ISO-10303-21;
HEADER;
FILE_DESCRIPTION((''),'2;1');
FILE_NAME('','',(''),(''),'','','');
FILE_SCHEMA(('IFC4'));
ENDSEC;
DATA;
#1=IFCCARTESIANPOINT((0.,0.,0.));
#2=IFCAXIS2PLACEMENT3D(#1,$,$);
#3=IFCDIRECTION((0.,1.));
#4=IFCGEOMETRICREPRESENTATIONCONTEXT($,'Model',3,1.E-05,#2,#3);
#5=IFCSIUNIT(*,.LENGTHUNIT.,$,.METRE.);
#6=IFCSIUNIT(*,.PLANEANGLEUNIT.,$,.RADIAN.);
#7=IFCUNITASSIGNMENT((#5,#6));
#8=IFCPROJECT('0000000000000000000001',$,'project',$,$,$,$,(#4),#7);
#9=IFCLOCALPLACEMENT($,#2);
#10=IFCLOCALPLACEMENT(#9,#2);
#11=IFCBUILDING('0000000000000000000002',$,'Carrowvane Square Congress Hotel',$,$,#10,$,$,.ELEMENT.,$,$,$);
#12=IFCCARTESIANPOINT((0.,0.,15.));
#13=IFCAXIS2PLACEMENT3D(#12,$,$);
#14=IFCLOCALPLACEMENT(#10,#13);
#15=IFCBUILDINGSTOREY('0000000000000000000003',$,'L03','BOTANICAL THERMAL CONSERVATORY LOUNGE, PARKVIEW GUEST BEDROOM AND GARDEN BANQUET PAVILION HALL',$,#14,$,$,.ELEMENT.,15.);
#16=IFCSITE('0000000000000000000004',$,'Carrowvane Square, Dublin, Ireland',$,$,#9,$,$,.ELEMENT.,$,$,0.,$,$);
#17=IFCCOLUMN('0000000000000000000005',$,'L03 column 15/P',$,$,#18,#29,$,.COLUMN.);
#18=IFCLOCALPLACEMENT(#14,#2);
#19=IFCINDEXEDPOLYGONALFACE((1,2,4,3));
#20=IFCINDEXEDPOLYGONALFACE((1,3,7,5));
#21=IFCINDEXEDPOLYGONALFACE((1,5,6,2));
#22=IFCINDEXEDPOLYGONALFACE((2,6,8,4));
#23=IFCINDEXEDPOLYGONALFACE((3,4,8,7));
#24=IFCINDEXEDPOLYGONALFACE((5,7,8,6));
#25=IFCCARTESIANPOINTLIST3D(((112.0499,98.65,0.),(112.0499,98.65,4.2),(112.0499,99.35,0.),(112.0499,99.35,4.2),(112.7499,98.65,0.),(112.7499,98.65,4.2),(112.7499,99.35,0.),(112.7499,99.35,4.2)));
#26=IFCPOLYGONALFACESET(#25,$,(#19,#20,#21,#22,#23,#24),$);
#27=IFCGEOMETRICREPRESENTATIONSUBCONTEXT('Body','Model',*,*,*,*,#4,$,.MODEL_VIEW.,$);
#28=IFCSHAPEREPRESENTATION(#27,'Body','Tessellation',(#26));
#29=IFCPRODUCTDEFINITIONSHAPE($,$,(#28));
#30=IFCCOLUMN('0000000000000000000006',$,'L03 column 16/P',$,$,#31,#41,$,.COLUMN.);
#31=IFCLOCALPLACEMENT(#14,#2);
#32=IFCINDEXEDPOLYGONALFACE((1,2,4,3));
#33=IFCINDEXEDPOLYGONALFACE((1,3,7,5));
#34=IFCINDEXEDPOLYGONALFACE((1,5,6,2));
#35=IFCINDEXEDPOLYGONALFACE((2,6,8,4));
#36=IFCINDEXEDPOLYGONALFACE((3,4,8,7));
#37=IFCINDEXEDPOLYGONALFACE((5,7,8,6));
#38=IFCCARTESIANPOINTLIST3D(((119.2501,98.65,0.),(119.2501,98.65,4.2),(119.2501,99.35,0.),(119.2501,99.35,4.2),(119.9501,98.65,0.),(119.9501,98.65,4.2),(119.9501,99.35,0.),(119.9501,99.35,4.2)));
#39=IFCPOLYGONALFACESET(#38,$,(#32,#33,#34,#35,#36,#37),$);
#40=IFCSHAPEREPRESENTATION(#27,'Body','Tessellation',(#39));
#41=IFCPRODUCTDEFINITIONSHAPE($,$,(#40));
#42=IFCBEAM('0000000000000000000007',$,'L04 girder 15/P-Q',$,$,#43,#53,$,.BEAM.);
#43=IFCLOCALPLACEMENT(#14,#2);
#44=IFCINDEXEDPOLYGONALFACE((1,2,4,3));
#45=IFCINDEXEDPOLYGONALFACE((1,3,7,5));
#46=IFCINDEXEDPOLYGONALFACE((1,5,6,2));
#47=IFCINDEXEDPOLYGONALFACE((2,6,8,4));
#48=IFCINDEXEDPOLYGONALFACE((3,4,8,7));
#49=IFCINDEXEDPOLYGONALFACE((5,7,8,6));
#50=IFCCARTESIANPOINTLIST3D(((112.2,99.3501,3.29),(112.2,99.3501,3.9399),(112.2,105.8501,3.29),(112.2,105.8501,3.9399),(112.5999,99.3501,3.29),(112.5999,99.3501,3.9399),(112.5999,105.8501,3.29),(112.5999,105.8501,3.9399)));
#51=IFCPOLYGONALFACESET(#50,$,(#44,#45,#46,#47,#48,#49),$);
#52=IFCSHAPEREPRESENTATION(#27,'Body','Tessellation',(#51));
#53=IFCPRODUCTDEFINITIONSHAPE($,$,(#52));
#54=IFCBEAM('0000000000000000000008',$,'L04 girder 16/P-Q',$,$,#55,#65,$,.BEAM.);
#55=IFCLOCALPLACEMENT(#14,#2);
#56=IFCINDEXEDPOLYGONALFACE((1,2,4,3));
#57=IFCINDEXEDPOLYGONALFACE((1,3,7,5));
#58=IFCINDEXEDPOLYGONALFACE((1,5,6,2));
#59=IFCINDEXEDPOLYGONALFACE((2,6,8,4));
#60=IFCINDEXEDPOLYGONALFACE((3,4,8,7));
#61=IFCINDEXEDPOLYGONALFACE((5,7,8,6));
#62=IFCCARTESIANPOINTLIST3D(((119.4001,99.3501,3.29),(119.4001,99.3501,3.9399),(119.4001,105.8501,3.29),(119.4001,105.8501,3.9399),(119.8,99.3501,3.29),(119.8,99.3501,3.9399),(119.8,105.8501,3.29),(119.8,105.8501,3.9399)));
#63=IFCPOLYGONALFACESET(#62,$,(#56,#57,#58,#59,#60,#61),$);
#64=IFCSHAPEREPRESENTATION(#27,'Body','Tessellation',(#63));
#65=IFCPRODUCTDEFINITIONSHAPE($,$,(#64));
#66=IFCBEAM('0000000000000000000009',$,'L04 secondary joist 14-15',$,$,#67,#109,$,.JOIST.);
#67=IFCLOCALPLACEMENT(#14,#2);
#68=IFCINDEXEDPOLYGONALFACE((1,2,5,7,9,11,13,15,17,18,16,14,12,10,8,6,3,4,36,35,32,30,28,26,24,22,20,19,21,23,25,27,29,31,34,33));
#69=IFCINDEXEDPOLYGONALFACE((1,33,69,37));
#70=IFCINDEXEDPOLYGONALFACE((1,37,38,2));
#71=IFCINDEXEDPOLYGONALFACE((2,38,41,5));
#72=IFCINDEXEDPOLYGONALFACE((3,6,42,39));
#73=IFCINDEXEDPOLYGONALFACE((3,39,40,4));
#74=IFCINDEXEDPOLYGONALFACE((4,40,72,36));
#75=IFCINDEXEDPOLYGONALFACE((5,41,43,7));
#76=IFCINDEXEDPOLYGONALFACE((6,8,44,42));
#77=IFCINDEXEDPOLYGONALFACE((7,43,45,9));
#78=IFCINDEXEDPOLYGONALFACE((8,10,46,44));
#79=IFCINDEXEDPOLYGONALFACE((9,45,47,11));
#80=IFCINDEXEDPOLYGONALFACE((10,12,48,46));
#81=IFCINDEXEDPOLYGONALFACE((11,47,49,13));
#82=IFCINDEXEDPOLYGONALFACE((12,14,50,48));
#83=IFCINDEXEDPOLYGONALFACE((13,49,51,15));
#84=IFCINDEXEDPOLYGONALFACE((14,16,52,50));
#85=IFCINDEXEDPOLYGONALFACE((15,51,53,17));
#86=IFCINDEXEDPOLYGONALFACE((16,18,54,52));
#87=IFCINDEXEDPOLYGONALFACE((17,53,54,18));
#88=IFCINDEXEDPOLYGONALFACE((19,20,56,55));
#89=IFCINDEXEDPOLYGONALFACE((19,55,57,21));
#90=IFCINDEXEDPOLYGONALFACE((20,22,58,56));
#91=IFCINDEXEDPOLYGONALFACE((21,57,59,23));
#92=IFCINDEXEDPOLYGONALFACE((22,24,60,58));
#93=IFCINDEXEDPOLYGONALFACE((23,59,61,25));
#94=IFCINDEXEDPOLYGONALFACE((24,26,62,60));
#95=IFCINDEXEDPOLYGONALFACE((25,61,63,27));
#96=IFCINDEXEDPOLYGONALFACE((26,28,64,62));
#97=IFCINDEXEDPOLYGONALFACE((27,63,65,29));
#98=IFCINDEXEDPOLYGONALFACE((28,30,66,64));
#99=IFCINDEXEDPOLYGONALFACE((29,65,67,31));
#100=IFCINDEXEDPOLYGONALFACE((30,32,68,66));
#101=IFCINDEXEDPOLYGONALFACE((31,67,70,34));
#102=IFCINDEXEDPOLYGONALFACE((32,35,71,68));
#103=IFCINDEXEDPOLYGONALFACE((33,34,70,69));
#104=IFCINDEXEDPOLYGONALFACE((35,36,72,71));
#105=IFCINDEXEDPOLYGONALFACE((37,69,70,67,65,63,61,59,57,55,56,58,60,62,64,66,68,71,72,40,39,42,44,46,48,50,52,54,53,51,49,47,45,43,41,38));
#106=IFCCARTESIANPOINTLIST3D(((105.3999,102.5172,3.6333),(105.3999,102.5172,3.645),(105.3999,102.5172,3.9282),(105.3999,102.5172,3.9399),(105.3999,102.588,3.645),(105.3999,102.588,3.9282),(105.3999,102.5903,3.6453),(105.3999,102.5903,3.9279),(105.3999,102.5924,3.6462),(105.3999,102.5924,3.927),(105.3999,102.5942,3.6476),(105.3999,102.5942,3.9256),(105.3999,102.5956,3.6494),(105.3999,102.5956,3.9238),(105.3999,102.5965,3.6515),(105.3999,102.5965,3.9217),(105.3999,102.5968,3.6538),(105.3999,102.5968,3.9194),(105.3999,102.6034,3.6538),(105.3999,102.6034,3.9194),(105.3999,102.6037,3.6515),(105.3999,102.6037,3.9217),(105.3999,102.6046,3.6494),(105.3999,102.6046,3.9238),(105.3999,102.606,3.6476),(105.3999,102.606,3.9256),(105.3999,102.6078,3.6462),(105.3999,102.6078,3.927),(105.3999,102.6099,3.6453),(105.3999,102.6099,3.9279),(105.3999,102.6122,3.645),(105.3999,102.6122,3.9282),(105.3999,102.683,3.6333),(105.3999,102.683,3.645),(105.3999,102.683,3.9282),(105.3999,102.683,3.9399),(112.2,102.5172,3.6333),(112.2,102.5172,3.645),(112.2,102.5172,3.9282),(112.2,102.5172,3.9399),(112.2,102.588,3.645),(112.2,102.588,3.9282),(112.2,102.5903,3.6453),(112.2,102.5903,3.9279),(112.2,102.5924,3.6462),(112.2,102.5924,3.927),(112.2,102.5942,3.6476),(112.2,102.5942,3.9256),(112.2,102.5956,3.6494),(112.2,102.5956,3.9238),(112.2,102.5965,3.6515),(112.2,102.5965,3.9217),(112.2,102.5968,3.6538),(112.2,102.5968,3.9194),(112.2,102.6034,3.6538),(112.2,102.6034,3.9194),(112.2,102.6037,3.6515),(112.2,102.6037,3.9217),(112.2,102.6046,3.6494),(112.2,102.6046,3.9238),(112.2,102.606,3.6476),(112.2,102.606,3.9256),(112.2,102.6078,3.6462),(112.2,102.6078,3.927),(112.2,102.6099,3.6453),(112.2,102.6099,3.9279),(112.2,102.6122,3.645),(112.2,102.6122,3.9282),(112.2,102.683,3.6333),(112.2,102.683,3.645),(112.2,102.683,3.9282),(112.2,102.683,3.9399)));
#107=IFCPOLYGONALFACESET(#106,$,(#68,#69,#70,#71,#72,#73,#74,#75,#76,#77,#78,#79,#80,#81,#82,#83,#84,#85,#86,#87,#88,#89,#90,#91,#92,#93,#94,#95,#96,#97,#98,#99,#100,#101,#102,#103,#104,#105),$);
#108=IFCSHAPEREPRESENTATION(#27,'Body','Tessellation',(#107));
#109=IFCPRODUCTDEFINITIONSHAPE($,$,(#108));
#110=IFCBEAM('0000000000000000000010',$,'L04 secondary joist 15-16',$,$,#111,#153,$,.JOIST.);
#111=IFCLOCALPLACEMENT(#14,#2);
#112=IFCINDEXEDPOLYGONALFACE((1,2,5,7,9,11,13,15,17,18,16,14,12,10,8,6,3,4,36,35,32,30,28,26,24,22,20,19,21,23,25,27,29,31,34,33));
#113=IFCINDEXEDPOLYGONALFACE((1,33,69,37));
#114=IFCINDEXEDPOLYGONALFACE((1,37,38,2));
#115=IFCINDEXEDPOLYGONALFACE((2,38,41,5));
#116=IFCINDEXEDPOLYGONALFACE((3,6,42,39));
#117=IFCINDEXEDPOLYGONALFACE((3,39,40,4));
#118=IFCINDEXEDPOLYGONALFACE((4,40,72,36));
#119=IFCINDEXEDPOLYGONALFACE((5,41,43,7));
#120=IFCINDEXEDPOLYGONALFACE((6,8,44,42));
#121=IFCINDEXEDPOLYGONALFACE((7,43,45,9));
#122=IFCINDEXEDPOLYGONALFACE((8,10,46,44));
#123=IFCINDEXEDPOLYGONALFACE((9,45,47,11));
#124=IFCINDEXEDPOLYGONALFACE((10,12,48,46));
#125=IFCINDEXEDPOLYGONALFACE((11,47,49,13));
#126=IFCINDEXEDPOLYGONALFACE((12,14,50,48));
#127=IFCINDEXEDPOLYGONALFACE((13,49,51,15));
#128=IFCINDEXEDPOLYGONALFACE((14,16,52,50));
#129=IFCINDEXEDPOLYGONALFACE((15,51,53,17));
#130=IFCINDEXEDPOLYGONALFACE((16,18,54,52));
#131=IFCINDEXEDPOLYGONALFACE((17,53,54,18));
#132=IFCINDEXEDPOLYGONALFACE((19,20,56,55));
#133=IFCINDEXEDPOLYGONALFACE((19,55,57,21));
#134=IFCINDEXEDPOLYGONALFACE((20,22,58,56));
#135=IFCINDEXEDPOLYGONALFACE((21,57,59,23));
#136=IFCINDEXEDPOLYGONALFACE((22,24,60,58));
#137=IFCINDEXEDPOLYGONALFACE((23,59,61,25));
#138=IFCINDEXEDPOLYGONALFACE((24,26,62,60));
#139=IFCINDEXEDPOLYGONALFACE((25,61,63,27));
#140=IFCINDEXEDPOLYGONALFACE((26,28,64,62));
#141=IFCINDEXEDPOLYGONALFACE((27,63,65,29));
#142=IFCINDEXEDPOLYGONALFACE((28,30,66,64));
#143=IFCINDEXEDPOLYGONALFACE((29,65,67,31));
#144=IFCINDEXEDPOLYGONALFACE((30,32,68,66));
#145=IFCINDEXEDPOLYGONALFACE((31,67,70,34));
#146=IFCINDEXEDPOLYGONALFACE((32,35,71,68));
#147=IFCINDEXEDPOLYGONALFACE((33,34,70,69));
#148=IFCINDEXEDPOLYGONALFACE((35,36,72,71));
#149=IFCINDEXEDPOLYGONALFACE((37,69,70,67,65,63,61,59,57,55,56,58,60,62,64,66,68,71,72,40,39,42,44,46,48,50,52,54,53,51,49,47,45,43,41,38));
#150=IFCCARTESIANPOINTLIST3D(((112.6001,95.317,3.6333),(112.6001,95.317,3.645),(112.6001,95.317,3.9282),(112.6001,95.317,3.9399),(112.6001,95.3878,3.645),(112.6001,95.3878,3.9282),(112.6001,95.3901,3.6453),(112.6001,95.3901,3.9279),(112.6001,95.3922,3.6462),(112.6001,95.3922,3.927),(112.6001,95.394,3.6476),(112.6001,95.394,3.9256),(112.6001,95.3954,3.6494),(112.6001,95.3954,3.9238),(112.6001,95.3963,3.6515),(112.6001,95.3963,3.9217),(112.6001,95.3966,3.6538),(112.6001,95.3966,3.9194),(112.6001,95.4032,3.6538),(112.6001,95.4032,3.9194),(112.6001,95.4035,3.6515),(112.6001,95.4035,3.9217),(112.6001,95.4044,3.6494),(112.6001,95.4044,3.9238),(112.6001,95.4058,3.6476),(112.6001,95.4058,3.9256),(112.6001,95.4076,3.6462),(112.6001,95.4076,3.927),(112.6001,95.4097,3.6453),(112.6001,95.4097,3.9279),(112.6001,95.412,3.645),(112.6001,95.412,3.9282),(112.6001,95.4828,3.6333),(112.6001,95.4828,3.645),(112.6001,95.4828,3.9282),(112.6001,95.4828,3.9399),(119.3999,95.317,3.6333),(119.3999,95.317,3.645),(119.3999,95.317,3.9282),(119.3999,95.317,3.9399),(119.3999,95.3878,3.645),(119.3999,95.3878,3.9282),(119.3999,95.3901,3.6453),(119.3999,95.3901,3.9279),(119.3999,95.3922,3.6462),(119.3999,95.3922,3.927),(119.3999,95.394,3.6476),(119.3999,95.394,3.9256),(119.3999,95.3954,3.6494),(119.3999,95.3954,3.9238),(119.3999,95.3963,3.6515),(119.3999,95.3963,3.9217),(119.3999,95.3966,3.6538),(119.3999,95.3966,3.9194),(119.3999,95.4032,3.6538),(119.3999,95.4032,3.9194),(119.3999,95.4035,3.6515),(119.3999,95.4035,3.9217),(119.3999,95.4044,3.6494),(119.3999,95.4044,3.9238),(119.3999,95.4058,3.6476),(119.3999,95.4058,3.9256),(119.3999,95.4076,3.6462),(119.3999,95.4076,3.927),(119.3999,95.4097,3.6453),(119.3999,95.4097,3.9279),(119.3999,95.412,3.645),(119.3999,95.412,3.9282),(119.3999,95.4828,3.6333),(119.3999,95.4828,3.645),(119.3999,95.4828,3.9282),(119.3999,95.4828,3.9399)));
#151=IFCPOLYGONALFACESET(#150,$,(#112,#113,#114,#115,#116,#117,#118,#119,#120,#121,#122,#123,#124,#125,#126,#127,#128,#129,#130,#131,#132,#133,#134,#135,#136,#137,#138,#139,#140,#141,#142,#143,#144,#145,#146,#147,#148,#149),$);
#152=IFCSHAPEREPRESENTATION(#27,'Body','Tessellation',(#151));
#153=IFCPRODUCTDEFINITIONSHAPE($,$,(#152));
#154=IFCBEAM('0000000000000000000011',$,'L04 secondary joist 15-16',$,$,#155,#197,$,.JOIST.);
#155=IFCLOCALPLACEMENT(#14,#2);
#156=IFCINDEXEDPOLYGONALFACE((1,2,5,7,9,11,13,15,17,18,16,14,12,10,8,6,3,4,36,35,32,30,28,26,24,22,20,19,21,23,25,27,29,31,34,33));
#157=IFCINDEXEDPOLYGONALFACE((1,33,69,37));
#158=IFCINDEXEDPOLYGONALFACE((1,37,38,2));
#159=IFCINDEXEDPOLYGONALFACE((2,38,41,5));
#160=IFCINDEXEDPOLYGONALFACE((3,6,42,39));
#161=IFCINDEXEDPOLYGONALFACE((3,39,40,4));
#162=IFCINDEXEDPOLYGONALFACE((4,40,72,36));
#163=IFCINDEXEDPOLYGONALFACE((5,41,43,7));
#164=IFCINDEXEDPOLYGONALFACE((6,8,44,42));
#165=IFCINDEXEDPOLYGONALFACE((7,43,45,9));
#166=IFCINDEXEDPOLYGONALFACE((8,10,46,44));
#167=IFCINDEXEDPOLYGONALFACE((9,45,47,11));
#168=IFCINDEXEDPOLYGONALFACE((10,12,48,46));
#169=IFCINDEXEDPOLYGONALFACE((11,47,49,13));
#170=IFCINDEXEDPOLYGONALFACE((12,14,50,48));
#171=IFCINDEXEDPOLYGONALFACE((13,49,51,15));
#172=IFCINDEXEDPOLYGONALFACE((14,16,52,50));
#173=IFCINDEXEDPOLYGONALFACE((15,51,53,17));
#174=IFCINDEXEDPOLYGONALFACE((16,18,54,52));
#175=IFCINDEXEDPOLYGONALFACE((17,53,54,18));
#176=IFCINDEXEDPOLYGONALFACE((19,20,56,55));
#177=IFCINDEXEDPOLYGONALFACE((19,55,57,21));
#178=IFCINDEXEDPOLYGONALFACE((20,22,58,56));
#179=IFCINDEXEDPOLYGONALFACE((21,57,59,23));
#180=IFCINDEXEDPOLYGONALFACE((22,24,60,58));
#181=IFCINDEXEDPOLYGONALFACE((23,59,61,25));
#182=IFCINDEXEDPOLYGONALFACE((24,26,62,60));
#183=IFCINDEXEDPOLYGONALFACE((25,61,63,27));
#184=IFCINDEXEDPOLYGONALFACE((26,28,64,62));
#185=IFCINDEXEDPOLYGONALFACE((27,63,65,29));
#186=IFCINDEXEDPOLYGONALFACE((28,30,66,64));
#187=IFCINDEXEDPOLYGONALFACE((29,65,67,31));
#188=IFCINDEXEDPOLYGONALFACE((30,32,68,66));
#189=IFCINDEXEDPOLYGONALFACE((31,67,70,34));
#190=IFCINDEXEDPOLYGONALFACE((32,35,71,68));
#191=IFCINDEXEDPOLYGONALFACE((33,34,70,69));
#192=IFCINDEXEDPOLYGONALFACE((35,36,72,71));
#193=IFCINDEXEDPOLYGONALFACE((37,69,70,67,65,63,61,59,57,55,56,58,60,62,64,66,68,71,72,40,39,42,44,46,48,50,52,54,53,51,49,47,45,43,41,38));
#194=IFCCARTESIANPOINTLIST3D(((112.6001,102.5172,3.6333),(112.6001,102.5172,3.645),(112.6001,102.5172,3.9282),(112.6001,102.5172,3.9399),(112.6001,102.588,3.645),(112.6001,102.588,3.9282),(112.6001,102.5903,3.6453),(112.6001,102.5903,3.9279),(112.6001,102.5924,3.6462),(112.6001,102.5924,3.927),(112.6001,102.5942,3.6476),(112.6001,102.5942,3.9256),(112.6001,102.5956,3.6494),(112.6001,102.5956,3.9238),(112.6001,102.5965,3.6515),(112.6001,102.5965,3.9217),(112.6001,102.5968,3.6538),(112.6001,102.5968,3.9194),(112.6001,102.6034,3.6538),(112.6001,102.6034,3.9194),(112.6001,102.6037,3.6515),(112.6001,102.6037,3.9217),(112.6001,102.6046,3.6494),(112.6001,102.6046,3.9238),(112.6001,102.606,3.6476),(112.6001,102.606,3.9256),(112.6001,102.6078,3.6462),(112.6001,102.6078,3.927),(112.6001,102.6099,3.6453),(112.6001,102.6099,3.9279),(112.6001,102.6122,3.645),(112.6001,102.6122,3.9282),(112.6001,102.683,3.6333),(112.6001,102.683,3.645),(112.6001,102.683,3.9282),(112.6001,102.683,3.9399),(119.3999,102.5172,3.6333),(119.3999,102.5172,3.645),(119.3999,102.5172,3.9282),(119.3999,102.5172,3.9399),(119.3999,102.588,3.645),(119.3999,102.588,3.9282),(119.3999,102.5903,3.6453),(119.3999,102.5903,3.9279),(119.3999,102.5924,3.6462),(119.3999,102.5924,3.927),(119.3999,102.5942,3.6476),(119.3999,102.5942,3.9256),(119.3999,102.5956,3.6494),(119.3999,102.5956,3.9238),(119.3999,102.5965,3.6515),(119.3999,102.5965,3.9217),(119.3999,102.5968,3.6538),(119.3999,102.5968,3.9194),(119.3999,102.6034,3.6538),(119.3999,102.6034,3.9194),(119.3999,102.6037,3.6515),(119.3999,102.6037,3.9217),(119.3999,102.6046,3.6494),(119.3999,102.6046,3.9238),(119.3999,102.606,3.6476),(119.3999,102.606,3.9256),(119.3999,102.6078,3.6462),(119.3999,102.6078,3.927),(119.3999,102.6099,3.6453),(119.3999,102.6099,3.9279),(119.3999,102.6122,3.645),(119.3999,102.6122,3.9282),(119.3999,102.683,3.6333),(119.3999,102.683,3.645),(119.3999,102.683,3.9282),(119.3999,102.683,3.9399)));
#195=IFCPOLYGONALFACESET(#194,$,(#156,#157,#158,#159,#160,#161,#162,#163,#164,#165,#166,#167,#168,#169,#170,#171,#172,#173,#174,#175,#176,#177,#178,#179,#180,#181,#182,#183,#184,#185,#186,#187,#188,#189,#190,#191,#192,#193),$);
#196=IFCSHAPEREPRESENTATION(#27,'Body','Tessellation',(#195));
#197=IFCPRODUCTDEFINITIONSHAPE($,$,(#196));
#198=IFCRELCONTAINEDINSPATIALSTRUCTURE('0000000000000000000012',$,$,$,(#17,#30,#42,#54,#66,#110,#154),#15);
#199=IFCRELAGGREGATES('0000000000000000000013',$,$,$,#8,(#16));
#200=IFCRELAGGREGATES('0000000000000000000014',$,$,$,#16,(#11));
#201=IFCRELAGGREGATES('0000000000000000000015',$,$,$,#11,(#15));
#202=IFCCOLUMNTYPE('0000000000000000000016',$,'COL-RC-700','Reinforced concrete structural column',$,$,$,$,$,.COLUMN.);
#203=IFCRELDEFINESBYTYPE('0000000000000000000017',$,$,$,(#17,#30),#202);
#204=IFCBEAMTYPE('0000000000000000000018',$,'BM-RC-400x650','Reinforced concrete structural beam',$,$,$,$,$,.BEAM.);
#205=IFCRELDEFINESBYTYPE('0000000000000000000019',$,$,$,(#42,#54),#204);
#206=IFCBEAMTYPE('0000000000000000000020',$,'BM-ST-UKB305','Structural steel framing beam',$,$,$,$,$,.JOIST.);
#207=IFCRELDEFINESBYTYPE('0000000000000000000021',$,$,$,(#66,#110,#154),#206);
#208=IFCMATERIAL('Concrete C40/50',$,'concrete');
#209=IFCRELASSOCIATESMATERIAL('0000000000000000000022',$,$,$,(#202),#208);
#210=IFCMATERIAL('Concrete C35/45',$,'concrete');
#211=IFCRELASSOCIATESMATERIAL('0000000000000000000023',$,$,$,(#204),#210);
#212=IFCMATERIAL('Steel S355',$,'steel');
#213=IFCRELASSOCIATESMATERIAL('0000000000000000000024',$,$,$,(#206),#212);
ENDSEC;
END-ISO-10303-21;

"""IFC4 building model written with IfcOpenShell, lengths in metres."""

from ifc_helpers import new_model, si_unit, direction, frame, origin, origin_2d, place, context, subcontext, project, spatial, rectangle, i_section, extrude, material, material_profile, profile_set, type_object, element, save


model = new_model("IFC4")

# Units and contexts
model_context = context("Model", 3, precision=1e-05, world=origin(), true_north=direction((0.0, 1.0)))
body_context = subcontext(model_context, "Body", "Model", "MODEL_VIEW")
ifc_project = project(units=[si_unit("LENGTHUNIT", "METRE"), si_unit("PLANEANGLEUNIT", "RADIAN")], contexts=[model_context])

# Site, building, storey
site_placement = place(None, origin())
site = spatial("IfcSite", under=ifc_project, at=site_placement, Name="Carrowvane Square, Dublin, Ireland", CompositionType="ELEMENT", RefElevation=0.0)
building_placement = place(site_placement, origin())
building = spatial("IfcBuilding", under=site, at=building_placement, Name="Carrowvane Square Congress Hotel", CompositionType="ELEMENT")
storey_placement = place(building_placement, frame((0.0, 0.0, 15.0)))
storey = spatial("IfcBuildingStorey", under=building, at=storey_placement, Name="L03", Description="BOTANICAL THERMAL CONSERVATORY LOUNGE, PARKVIEW GUEST BEDROOM AND GARDEN BANQUET PAVILION HALL", CompositionType="ELEMENT", Elevation=15.0)

# Columns
ifc_material_1 = material(Name="Concrete C40/50", Category="concrete")
ifc_material_profile_1 = material_profile(ifc_material_1, rectangle(XDim=0.7, YDim=0.7, at=origin_2d()), Name="RC 700x700")
ifc_profile_set_1 = profile_set([ifc_material_profile_1], Name="Concrete C40/50")
column_type = type_object("IfcColumnType", Name="COL-RC-700", Description="Reinforced concrete structural column", PredefinedType="COLUMN", material=ifc_profile_set_1)
for number, where, z_axis, x_axis, name in (
    (1, (112.3999, 99.0, 0.0), (0.0, 0.0, 1.0), (1.0, 0.0, 0.0), "L03 column 15/P"),
    (2, (119.6001, 99.0, 0.0), (0.0, 0.0, 1.0), (1.0, 0.0, 0.0), "L03 column 16/P"),
):
    element("IfcColumn", number, at=place(storey_placement, frame(where, z_axis=z_axis, x_axis=x_axis)), inside=storey, type_object=column_type, Name=name, PredefinedType="COLUMN", context=body_context, shape_type="SweptSolid", body=[
        extrude(rectangle(XDim=0.7, YDim=0.7, at=origin_2d()), origin(), (0.0, 0.0, 1.0), 4.2),
    ])

# Beams
ifc_material_2 = material(Name="Concrete C35/45", Category="concrete")
ifc_material_profile_2 = material_profile(ifc_material_2, rectangle(XDim=0.3999, YDim=0.6499, at=origin_2d()), Name="RC 400x650")
ifc_profile_set_2 = profile_set([ifc_material_profile_2], Name="Concrete C35/45")
beam_type_1 = type_object("IfcBeamType", Name="BM-RC-400x650", Description="Reinforced concrete structural beam", PredefinedType="BEAM", material=ifc_profile_set_2)
for number, where, z_axis, x_axis, name in (
    (3, (112.3999, 99.3501, 3.615), (0.0, 1.0, 0.0), (-1.0, 0.0, 0.0), "L04 girder 15/P-Q"),
    (4, (119.6001, 99.3501, 3.615), (0.0, 1.0, 0.0), (-1.0, 0.0, 0.0), "L04 girder 16/P-Q"),
):
    element("IfcBeam", number, at=place(storey_placement, frame(where, z_axis=z_axis, x_axis=x_axis)), inside=storey, type_object=beam_type_1, Name=name, PredefinedType="BEAM", context=body_context, shape_type="SweptSolid", body=[
        extrude(rectangle(XDim=0.3999, YDim=0.6499, at=origin_2d()), origin(), (0.0, 0.0, 1.0), 6.5),
    ])
ifc_material_3 = material(Name="Steel S355", Category="steel")
ifc_material_profile_3 = material_profile(ifc_material_3, i_section(OverallWidth=0.1658, OverallDepth=0.3066, WebThickness=0.0066, FlangeThickness=0.0117, FilletRadius=0.0088, at=origin_2d()), Name="UKB 305x165x46")
ifc_profile_set_3 = profile_set([ifc_material_profile_3], Name="Steel S355")
beam_type_2 = type_object("IfcBeamType", Name="BM-ST-UKB305", Description="Structural steel framing beam", PredefinedType="JOIST", material=ifc_profile_set_3)
beam_placement = place(storey_placement, frame((105.3999, 102.6001, 3.7866), z_axis=(1.0, 0.0, 0.0), x_axis=(0.0, 1.0, 0.0)))
element("IfcBeam", 5, at=beam_placement, inside=storey, type_object=beam_type_2, Name="L04 secondary joist 14-15", PredefinedType="JOIST", context=body_context, shape_type="SweptSolid", body=[
    extrude(i_section(OverallWidth=0.1658, OverallDepth=0.3066, WebThickness=0.0066, FlangeThickness=0.0117, FilletRadius=0.0088, at=origin_2d()), origin(), (0.0, 0.0, 1.0), 6.8),
])
for number, where, z_axis, x_axis, name in (
    (6, (112.6001, 95.3999, 3.7866), (1.0, 0.0, 0.0), (0.0, 1.0, 0.0), "L04 secondary joist 15-16"),
    (7, (112.6001, 102.6001, 3.7866), (1.0, 0.0, 0.0), (0.0, 1.0, 0.0), "L04 secondary joist 15-16"),
):
    element("IfcBeam", number, at=place(storey_placement, frame(where, z_axis=z_axis, x_axis=x_axis)), inside=storey, type_object=beam_type_2, Name=name, PredefinedType="JOIST", context=body_context, shape_type="SweptSolid", body=[
        extrude(i_section(OverallWidth=0.1658, OverallDepth=0.3066, WebThickness=0.0066, FlangeThickness=0.0117, FilletRadius=0.0088, at=origin_2d()), origin(), (0.0, 0.0, 1.0), 6.7998),
    ])

save(model, "model.ifc")
